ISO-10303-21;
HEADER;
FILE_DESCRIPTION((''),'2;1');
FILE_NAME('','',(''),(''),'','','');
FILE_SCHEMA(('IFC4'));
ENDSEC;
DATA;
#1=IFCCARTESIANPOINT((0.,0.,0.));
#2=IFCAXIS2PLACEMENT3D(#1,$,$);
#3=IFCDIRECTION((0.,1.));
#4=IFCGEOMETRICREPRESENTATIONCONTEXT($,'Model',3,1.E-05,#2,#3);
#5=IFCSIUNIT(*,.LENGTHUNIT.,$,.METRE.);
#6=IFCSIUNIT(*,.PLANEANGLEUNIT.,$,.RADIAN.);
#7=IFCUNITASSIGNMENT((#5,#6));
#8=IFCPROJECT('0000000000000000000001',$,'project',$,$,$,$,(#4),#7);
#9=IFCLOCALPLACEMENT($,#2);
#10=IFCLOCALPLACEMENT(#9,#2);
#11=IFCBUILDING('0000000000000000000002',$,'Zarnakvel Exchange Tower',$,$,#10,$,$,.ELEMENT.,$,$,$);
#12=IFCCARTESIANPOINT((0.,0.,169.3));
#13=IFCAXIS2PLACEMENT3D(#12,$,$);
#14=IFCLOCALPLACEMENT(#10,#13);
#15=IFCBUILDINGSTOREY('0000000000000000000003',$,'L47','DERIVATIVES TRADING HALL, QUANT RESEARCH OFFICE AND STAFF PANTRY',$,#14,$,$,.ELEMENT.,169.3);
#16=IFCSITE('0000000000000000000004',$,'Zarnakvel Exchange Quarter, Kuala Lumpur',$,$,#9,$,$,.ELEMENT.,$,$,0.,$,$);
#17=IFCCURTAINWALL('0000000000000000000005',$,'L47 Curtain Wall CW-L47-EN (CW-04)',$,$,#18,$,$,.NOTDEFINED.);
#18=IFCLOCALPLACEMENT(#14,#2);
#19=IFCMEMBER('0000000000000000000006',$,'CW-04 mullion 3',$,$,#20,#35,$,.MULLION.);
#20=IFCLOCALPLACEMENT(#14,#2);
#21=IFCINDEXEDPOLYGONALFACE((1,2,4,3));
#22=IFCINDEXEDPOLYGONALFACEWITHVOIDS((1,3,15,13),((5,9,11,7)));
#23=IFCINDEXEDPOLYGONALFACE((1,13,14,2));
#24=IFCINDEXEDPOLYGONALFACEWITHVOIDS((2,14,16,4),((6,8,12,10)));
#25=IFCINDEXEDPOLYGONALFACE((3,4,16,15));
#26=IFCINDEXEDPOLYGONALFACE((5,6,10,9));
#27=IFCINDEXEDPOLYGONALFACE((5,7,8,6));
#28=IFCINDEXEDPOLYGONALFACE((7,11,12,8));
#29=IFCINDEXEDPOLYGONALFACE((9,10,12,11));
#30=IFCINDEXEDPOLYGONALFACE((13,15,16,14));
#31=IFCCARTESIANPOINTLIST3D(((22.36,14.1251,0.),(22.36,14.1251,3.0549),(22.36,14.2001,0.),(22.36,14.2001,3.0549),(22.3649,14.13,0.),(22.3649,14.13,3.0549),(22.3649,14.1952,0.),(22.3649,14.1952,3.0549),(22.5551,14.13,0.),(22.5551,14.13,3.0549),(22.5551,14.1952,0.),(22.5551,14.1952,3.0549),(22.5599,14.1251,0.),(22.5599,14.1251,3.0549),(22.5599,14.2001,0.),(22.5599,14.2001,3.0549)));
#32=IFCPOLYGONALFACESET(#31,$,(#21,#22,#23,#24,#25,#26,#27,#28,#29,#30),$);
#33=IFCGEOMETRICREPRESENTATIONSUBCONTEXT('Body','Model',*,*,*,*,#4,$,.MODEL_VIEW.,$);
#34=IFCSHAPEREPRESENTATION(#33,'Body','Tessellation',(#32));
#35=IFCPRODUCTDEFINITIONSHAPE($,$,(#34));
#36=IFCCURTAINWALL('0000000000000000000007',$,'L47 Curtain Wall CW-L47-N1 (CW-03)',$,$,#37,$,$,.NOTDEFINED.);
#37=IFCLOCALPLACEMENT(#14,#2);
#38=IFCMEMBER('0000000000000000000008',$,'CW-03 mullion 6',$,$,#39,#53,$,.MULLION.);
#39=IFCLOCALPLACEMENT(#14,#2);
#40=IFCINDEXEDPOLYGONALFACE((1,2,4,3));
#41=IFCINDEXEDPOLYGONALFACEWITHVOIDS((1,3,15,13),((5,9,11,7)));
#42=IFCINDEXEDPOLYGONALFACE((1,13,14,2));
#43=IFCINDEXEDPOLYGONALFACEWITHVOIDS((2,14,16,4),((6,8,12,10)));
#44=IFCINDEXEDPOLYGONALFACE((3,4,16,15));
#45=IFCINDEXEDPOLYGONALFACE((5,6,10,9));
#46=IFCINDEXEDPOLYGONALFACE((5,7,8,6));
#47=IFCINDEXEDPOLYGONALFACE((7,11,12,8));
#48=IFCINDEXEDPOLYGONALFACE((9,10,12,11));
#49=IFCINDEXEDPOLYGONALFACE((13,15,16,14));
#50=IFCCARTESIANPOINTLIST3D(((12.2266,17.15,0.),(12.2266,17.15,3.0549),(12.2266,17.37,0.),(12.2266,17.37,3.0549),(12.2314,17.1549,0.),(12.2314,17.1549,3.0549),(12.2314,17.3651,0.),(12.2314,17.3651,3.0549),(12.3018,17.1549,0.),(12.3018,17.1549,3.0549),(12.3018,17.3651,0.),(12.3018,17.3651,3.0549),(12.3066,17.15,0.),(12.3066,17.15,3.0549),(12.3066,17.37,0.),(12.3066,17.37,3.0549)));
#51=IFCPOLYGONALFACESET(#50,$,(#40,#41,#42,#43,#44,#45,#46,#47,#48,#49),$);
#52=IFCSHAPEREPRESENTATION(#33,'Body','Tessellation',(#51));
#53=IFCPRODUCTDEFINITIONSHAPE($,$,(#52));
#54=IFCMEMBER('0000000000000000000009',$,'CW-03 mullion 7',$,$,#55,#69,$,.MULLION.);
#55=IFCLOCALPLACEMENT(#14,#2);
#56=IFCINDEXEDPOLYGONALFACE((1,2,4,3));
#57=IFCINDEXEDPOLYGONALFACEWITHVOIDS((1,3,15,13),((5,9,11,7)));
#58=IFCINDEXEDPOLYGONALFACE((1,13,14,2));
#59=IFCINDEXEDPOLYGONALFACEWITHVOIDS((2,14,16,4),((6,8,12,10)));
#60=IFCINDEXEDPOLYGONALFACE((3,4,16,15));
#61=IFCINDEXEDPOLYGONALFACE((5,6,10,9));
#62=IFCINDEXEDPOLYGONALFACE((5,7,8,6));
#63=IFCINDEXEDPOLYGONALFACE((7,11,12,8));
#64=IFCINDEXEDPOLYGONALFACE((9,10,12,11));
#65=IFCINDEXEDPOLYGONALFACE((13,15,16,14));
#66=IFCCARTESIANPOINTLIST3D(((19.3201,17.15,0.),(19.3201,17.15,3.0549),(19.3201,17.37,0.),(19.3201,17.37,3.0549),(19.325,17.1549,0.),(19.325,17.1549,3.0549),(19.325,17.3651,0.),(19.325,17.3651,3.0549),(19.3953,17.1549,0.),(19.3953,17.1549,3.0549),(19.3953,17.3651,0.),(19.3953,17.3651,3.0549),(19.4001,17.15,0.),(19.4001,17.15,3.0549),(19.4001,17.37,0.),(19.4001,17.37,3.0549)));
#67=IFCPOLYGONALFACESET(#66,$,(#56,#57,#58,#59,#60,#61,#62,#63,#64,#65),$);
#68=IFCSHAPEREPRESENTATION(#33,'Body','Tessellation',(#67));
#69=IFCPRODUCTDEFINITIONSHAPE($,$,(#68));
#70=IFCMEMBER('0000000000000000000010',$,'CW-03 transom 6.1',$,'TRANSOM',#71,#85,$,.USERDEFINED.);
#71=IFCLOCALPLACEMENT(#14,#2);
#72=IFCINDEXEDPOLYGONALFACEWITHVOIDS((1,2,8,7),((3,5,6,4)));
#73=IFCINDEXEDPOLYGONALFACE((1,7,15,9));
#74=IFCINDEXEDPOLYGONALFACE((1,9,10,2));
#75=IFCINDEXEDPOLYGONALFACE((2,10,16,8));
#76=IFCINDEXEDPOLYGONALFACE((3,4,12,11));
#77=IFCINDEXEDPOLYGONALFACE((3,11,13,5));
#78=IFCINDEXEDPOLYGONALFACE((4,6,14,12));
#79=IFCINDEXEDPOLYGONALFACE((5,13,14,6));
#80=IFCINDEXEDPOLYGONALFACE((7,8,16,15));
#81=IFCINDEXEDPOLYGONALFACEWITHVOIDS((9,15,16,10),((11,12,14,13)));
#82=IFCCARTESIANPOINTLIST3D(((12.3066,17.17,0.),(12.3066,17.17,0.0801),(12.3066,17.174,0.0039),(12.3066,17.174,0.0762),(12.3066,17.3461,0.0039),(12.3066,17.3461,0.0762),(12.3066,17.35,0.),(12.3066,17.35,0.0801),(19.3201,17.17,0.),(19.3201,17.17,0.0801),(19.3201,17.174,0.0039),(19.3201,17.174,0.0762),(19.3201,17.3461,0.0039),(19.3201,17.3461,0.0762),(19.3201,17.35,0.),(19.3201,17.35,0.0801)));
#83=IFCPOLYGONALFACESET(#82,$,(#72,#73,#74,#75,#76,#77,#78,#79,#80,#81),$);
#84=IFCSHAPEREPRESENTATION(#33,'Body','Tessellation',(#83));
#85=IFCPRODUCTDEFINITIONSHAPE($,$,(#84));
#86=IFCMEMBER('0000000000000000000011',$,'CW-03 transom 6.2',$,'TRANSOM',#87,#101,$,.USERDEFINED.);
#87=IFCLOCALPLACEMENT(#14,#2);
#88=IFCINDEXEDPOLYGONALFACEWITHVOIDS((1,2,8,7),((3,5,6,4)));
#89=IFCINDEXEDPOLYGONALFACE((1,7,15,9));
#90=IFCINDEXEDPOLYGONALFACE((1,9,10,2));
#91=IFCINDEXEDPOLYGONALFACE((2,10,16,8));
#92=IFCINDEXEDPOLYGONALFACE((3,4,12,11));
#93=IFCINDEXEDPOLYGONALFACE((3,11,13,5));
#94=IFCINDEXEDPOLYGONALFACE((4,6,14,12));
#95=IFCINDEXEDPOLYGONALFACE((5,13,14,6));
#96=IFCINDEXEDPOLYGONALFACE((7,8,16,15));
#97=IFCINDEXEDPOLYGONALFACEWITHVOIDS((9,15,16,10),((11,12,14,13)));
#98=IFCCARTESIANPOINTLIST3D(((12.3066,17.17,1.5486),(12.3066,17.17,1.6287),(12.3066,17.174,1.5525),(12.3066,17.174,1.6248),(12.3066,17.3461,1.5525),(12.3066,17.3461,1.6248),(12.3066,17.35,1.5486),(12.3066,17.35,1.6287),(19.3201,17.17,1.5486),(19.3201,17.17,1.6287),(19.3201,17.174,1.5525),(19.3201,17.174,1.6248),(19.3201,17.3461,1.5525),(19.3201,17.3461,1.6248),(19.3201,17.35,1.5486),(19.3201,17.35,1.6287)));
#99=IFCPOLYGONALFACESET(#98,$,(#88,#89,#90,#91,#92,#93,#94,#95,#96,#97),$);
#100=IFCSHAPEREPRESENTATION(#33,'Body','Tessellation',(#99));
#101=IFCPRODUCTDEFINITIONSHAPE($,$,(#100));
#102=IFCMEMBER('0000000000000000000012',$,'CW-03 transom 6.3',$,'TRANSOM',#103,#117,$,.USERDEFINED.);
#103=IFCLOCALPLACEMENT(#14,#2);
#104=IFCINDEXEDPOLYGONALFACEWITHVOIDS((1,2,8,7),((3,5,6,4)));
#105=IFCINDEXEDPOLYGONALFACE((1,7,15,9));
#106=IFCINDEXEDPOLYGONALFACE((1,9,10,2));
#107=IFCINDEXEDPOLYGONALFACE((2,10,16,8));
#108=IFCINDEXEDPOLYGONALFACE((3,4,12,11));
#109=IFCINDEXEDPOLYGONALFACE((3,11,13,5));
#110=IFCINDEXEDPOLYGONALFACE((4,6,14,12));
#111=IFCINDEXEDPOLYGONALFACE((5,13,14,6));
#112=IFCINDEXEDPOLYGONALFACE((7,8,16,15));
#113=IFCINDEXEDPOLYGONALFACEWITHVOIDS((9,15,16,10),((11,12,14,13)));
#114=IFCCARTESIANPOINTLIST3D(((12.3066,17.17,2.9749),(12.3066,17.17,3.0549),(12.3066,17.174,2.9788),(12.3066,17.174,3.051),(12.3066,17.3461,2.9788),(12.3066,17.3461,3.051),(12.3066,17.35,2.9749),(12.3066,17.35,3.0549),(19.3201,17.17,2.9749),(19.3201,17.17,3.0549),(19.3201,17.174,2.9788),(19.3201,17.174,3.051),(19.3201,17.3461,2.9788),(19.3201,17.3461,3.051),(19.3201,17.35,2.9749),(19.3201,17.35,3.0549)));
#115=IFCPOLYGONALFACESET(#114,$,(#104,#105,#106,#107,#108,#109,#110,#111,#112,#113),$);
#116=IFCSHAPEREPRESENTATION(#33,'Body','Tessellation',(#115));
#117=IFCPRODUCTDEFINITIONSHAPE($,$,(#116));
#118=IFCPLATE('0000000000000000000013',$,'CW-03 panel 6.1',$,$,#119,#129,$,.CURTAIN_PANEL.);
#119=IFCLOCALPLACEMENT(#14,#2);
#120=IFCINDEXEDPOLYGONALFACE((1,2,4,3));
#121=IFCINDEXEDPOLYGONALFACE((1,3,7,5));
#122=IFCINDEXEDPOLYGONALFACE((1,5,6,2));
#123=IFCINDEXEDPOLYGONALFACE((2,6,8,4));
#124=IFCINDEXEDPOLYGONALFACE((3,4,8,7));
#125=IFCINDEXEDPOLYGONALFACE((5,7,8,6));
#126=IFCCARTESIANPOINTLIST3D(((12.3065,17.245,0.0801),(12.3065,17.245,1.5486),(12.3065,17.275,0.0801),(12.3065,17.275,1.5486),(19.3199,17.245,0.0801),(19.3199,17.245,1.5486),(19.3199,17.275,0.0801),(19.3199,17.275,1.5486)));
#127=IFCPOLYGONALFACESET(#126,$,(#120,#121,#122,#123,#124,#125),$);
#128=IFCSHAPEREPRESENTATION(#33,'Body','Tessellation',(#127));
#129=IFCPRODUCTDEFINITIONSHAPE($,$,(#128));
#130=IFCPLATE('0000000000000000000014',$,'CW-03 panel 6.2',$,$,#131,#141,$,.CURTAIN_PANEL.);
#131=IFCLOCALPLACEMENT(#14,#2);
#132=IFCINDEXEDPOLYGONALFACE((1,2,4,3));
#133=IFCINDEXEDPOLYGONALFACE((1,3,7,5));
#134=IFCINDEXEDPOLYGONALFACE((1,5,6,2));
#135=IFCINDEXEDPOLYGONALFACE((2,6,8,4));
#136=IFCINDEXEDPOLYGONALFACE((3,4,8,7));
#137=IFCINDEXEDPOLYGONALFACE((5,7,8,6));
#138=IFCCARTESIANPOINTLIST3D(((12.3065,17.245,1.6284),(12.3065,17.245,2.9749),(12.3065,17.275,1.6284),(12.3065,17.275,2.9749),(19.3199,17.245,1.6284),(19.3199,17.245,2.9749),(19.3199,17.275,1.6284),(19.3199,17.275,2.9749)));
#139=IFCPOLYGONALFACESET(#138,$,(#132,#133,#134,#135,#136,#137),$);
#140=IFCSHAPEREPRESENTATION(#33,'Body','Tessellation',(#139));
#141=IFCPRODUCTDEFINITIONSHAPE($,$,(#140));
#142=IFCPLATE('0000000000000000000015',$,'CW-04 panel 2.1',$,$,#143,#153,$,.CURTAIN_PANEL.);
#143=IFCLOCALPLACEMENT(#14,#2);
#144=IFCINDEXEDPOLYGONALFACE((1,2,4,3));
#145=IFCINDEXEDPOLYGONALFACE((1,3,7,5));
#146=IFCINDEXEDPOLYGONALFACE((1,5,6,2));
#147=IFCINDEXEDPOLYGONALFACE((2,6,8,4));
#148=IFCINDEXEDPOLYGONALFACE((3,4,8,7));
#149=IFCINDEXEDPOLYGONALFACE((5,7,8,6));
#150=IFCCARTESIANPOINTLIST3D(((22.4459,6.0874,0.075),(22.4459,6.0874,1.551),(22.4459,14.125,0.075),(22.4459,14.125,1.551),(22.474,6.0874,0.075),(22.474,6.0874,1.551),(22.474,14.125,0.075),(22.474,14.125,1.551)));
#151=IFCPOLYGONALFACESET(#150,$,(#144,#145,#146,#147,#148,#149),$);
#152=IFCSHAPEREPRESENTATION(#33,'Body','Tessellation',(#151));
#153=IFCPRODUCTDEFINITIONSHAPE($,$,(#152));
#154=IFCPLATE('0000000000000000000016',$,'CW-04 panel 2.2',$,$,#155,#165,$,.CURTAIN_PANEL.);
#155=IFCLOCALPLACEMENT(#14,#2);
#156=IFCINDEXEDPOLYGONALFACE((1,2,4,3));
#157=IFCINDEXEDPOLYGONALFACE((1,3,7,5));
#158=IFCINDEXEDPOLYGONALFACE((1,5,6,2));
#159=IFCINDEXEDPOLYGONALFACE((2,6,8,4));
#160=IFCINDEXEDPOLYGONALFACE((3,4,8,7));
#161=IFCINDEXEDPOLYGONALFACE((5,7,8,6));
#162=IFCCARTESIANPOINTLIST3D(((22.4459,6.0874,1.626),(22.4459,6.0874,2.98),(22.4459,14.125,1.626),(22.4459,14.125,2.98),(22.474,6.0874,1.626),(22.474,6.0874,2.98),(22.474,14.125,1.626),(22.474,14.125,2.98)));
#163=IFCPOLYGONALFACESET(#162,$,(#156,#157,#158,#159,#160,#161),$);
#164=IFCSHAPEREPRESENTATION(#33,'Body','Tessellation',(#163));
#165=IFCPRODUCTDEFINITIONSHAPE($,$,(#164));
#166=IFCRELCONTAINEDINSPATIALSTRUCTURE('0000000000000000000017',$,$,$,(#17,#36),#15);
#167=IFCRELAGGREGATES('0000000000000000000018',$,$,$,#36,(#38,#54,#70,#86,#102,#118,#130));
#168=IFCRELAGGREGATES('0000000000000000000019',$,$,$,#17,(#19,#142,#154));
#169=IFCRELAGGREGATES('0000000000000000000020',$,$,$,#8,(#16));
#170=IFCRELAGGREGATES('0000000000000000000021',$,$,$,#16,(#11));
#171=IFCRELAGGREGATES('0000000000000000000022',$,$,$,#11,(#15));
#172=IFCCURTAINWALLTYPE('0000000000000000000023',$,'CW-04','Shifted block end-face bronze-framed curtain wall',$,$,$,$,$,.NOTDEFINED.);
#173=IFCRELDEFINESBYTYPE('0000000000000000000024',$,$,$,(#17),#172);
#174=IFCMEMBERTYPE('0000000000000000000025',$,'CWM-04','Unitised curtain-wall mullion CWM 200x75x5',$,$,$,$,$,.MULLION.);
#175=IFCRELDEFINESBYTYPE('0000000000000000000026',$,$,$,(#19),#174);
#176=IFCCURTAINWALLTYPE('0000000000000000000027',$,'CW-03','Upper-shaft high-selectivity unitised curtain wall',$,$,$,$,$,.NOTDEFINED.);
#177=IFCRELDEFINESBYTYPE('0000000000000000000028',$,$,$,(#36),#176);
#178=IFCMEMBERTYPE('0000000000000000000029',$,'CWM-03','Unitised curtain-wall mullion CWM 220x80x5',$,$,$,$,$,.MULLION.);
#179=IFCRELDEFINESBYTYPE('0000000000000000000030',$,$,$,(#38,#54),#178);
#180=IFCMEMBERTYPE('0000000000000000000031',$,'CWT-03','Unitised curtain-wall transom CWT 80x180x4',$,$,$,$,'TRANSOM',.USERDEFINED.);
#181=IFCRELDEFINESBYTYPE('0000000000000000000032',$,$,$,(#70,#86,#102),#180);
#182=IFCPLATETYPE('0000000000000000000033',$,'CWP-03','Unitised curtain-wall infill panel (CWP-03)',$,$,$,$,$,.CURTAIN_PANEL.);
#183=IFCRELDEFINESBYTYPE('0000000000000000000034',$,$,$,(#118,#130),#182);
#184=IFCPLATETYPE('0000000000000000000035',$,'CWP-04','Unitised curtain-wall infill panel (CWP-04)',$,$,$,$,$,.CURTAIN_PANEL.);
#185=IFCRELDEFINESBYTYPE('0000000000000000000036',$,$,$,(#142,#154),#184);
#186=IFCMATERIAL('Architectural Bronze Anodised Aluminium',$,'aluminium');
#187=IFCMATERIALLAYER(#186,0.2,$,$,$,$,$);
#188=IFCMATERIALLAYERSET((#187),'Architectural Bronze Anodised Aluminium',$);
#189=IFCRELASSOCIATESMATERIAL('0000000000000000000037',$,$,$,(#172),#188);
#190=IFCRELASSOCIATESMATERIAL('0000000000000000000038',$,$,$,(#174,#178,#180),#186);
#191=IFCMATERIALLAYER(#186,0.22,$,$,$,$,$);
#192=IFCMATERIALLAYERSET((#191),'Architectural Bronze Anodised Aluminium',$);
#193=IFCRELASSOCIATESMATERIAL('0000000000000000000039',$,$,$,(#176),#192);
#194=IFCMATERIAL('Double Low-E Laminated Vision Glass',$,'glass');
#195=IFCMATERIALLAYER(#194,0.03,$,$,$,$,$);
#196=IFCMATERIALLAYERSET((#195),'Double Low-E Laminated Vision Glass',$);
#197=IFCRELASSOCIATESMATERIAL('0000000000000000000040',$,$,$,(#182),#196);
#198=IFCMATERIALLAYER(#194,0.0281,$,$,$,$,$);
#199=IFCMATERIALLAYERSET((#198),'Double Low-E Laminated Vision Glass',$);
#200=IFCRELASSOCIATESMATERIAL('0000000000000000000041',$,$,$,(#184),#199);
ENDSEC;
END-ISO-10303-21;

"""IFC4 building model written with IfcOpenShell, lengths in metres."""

from ifc_helpers import new_model, si_unit, direction, frame, origin, origin_2d, place, context, subcontext, project, spatial, rectangle, hollow_rectangle, extrude, source, transform, mapped, material, layer, layer_set, material_profile, profile_set, type_object, element, aggregate, save


model = new_model("IFC4")

# Units and contexts
model_context = context("Model", 3, precision=1e-05, world=origin(), true_north=direction((0.0, 1.0)))
body_context = subcontext(model_context, "Body", "Model", "MODEL_VIEW")
ifc_project = project(units=[si_unit("LENGTHUNIT", "METRE"), si_unit("PLANEANGLEUNIT", "RADIAN")], contexts=[model_context])

# Site, building, storey
site_placement = place(None, origin())
site = spatial("IfcSite", under=ifc_project, at=site_placement, Name="Zarnakvel Exchange Quarter, Kuala Lumpur", CompositionType="ELEMENT", RefElevation=0.0)
building_placement = place(site_placement, origin())
building = spatial("IfcBuilding", under=site, at=building_placement, Name="Zarnakvel Exchange Tower", CompositionType="ELEMENT")
storey_placement = place(building_placement, frame((0.0, 0.0, 169.3)))
storey = spatial("IfcBuildingStorey", under=building, at=storey_placement, Name="L47", Description="DERIVATIVES TRADING HALL, QUANT RESEARCH OFFICE AND STAFF PANTRY", CompositionType="ELEMENT", Elevation=169.3)

# Curtain wall, member
ifc_material_1 = material(Name="Architectural Bronze Anodised Aluminium", Category="aluminium")
ifc_layer_1 = layer(ifc_material_1, 0.2)
ifc_layer_set_1 = layer_set([ifc_layer_1], Name="Architectural Bronze Anodised Aluminium")
curtain_wall_type_1 = type_object("IfcCurtainWallType", Name="CW-04", Description="Shifted block end-face bronze-framed curtain wall", PredefinedType="NOTDEFINED", material=ifc_layer_set_1)
curtain_wall_1_placement = place(storey_placement, origin())
curtain_wall_1 = element("IfcCurtainWall", 1, at=curtain_wall_1_placement, inside=storey, type_object=curtain_wall_type_1, Name="L47 Curtain Wall CW-L47-EN (CW-04)", PredefinedType="NOTDEFINED")
ifc_material_profile_1 = material_profile(ifc_material_1, hollow_rectangle(XDim=0.2, YDim=0.075, WallThickness=0.0049, at=origin_2d()))
ifc_profile_set_1 = profile_set([ifc_material_profile_1], Name="Architectural Bronze Anodised Aluminium")
member_type_1 = type_object("IfcMemberType", Name="CWM-04", Description="Unitised curtain-wall mullion CWM 200x75x5", PredefinedType="MULLION", material=ifc_profile_set_1)
shared_shape_1 = source(origin(), body_context, "Body", "SweptSolid", [
    extrude(hollow_rectangle(XDim=0.2, YDim=0.075, WallThickness=0.0049, at=origin_2d()), origin(), (0.0, 0.0, 1.0), 3.0549),
])
member_1_placement = place(storey_placement, frame((22.46, 14.1626, 0.0), z_axis=(0.0, 0.0, 1.0), x_axis=(-1.0, 0.0, 0.0)))
member_1 = element("IfcMember", 2, at=member_1_placement, type_object=member_type_1, Name="CW-04 mullion 3", PredefinedType="MULLION", context=body_context, shape_type="MappedRepresentation", body=[
    mapped(shared_shape_1, transform((0.0, 0.0, 0.0), x_axis=(1.0, 0.0, 0.0), y_axis=(0.0, 1.0, 0.0), z_axis=(0.0, 0.0, 1.0), scale=1.0)),
])

# Curtain wall, members, plates
ifc_layer_2 = layer(ifc_material_1, 0.22)
ifc_layer_set_2 = layer_set([ifc_layer_2], Name="Architectural Bronze Anodised Aluminium")
curtain_wall_type_2 = type_object("IfcCurtainWallType", Name="CW-03", Description="Upper-shaft high-selectivity unitised curtain wall", PredefinedType="NOTDEFINED", material=ifc_layer_set_2)
curtain_wall_2_placement = place(storey_placement, origin())
curtain_wall_2 = element("IfcCurtainWall", 3, at=curtain_wall_2_placement, inside=storey, type_object=curtain_wall_type_2, Name="L47 Curtain Wall CW-L47-N1 (CW-03)", PredefinedType="NOTDEFINED")
ifc_material_profile_2 = material_profile(ifc_material_1, hollow_rectangle(XDim=0.22, YDim=0.0801, WallThickness=0.0049, at=origin_2d()))
ifc_profile_set_2 = profile_set([ifc_material_profile_2], Name="Architectural Bronze Anodised Aluminium")
member_type_2 = type_object("IfcMemberType", Name="CWM-03", Description="Unitised curtain-wall mullion CWM 220x80x5", PredefinedType="MULLION", material=ifc_profile_set_2)
shared_shape_2 = source(origin(), body_context, "Body", "SweptSolid", [
    extrude(hollow_rectangle(XDim=0.22, YDim=0.0801, WallThickness=0.0049, at=origin_2d()), origin(), (0.0, 0.0, 1.0), 3.0549),
])
member_2_placement = place(storey_placement, frame((12.2666, 17.26, 0.0), z_axis=(0.0, 0.0, 1.0), x_axis=(0.0, 1.0, 0.0)))
member_2 = element("IfcMember", 4, at=member_2_placement, type_object=member_type_2, Name="CW-03 mullion 6", PredefinedType="MULLION", context=body_context, shape_type="MappedRepresentation", body=[
    mapped(shared_shape_2, transform((0.0, 0.0, 0.0), x_axis=(1.0, 0.0, 0.0), y_axis=(0.0, 1.0, 0.0), z_axis=(0.0, 0.0, 1.0), scale=1.0)),
])
member_3_placement = place(storey_placement, frame((19.3601, 17.26, 0.0), z_axis=(0.0, 0.0, 1.0), x_axis=(0.0, 1.0, 0.0)))
member_3 = element("IfcMember", 5, at=member_3_placement, type_object=member_type_2, Name="CW-03 mullion 7", PredefinedType="MULLION", context=body_context, shape_type="MappedRepresentation", body=[
    mapped(shared_shape_2, transform((0.0, 0.0, 0.0), x_axis=(1.0, 0.0, 0.0), y_axis=(0.0, 1.0, 0.0), z_axis=(0.0, 0.0, 1.0), scale=1.0)),
])
ifc_material_profile_3 = material_profile(ifc_material_1, hollow_rectangle(XDim=0.1799, YDim=0.0801, WallThickness=0.0039, at=origin_2d()))
ifc_profile_set_3 = profile_set([ifc_material_profile_3], Name="Architectural Bronze Anodised Aluminium")
member_type_3 = type_object("IfcMemberType", Name="CWT-03", Description="Unitised curtain-wall transom CWT 80x180x4", ElementType="TRANSOM", PredefinedType="USERDEFINED", material=ifc_profile_set_3)
shared_shape_3 = source(origin(), body_context, "Body", "SweptSolid", [
    extrude(hollow_rectangle(XDim=0.1799, YDim=0.0801, WallThickness=0.0039, at=origin_2d()), origin(), (0.0, 0.0, 1.0), 7.0134),
])
member_4_placement = place(storey_placement, frame((12.3066, 17.26, 0.04), z_axis=(1.0, 0.0, 0.0), x_axis=(0.0, 1.0, 0.0)))
member_4 = element("IfcMember", 6, at=member_4_placement, type_object=member_type_3, Name="CW-03 transom 6.1", ObjectType="TRANSOM", PredefinedType="USERDEFINED", context=body_context, shape_type="MappedRepresentation", body=[
    mapped(shared_shape_3, transform((0.0, 0.0, 0.0), x_axis=(1.0, 0.0, 0.0), y_axis=(0.0, 1.0, 0.0), z_axis=(0.0, 0.0, 1.0), scale=1.0)),
])
member_5_placement = place(storey_placement, frame((12.3066, 17.26, 1.5886), z_axis=(1.0, 0.0, 0.0), x_axis=(0.0, 1.0, 0.0)))
member_5 = element("IfcMember", 7, at=member_5_placement, type_object=member_type_3, Name="CW-03 transom 6.2", ObjectType="TRANSOM", PredefinedType="USERDEFINED", context=body_context, shape_type="MappedRepresentation", body=[
    mapped(shared_shape_3, transform((0.0, 0.0, 0.0), x_axis=(1.0, 0.0, 0.0), y_axis=(0.0, 1.0, 0.0), z_axis=(0.0, 0.0, 1.0), scale=1.0)),
])
member_6_placement = place(storey_placement, frame((12.3066, 17.26, 3.0149), z_axis=(1.0, 0.0, 0.0), x_axis=(0.0, 1.0, 0.0)))
member_6 = element("IfcMember", 8, at=member_6_placement, type_object=member_type_3, Name="CW-03 transom 6.3", ObjectType="TRANSOM", PredefinedType="USERDEFINED", context=body_context, shape_type="MappedRepresentation", body=[
    mapped(shared_shape_3, transform((0.0, 0.0, 0.0), x_axis=(1.0, 0.0, 0.0), y_axis=(0.0, 1.0, 0.0), z_axis=(0.0, 0.0, 1.0), scale=1.0)),
])
ifc_material_2 = material(Name="Double Low-E Laminated Vision Glass", Category="glass")
ifc_layer_3 = layer(ifc_material_2, 0.03)
ifc_layer_set_3 = layer_set([ifc_layer_3], Name="Double Low-E Laminated Vision Glass")
plate_type_1 = type_object("IfcPlateType", Name="CWP-03", Description="Unitised curtain-wall infill panel (CWP-03)", PredefinedType="CURTAIN_PANEL", material=ifc_layer_set_3)
shared_shape_4 = source(origin(), body_context, "Body", "SweptSolid", [
    extrude(rectangle(XDim=7.0134, YDim=0.03, at=origin_2d()), origin(), (0.0, 0.0, 1.0), 1.4685),
])
plate_1_placement = place(storey_placement, frame((15.8132, 17.26, 0.0801), z_axis=(0.0, 0.0, 1.0), x_axis=(1.0, 0.0, 0.0)))
plate_1 = element("IfcPlate", 9, at=plate_1_placement, type_object=plate_type_1, Name="CW-03 panel 6.1", PredefinedType="CURTAIN_PANEL", context=body_context, shape_type="MappedRepresentation", body=[
    mapped(shared_shape_4, transform((0.0, 0.0, 0.0), x_axis=(1.0, 0.0, 0.0), y_axis=(0.0, 1.0, 0.0), z_axis=(0.0, 0.0, 1.0), scale=1.0)),
])
shared_shape_5 = source(origin(), body_context, "Body", "SweptSolid", [
    extrude(rectangle(XDim=7.0134, YDim=0.03, at=origin_2d()), origin(), (0.0, 0.0, 1.0), 1.3464),
])
plate_2_placement = place(storey_placement, frame((15.8132, 17.26, 1.6284), z_axis=(0.0, 0.0, 1.0), x_axis=(1.0, 0.0, 0.0)))
plate_2 = element("IfcPlate", 10, at=plate_2_placement, type_object=plate_type_1, Name="CW-03 panel 6.2", PredefinedType="CURTAIN_PANEL", context=body_context, shape_type="MappedRepresentation", body=[
    mapped(shared_shape_5, transform((0.0, 0.0, 0.0), x_axis=(1.0, 0.0, 0.0), y_axis=(0.0, 1.0, 0.0), z_axis=(0.0, 0.0, 1.0), scale=1.0)),
])
aggregate(curtain_wall_2, [member_2, member_3, member_4, member_5, member_6, plate_1, plate_2])

# Plates
ifc_layer_4 = layer(ifc_material_2, 0.0281)
ifc_layer_set_4 = layer_set([ifc_layer_4], Name="Double Low-E Laminated Vision Glass")
plate_type_2 = type_object("IfcPlateType", Name="CWP-04", Description="Unitised curtain-wall infill panel (CWP-04)", PredefinedType="CURTAIN_PANEL", material=ifc_layer_set_4)
shared_shape_6 = source(origin(), body_context, "Body", "SweptSolid", [
    extrude(rectangle(XDim=8.0376, YDim=0.0281, at=origin_2d()), origin(), (0.0, 0.0, 1.0), 1.4761),
])
plate_3_placement = place(storey_placement, frame((22.46, 10.1062, 0.075), z_axis=(0.0, 0.0, 1.0), x_axis=(0.0, 1.0, 0.0)))
plate_3 = element("IfcPlate", 11, at=plate_3_placement, type_object=plate_type_2, Name="CW-04 panel 2.1", PredefinedType="CURTAIN_PANEL", context=body_context, shape_type="MappedRepresentation", body=[
    mapped(shared_shape_6, transform((0.0, 0.0, 0.0), x_axis=(1.0, 0.0, 0.0), y_axis=(0.0, 1.0, 0.0), z_axis=(0.0, 0.0, 1.0), scale=1.0)),
])
shared_shape_7 = source(origin(), body_context, "Body", "SweptSolid", [
    extrude(rectangle(XDim=8.0376, YDim=0.0281, at=origin_2d()), origin(), (0.0, 0.0, 1.0), 1.354),
])
plate_4_placement = place(storey_placement, frame((22.46, 10.1062, 1.626), z_axis=(0.0, 0.0, 1.0), x_axis=(0.0, 1.0, 0.0)))
plate_4 = element("IfcPlate", 12, at=plate_4_placement, type_object=plate_type_2, Name="CW-04 panel 2.2", PredefinedType="CURTAIN_PANEL", context=body_context, shape_type="MappedRepresentation", body=[
    mapped(shared_shape_7, transform((0.0, 0.0, 0.0), x_axis=(1.0, 0.0, 0.0), y_axis=(0.0, 1.0, 0.0), z_axis=(0.0, 0.0, 1.0), scale=1.0)),
])
aggregate(curtain_wall_1, [member_1, plate_3, plate_4])

save(model, "model.ifc")
